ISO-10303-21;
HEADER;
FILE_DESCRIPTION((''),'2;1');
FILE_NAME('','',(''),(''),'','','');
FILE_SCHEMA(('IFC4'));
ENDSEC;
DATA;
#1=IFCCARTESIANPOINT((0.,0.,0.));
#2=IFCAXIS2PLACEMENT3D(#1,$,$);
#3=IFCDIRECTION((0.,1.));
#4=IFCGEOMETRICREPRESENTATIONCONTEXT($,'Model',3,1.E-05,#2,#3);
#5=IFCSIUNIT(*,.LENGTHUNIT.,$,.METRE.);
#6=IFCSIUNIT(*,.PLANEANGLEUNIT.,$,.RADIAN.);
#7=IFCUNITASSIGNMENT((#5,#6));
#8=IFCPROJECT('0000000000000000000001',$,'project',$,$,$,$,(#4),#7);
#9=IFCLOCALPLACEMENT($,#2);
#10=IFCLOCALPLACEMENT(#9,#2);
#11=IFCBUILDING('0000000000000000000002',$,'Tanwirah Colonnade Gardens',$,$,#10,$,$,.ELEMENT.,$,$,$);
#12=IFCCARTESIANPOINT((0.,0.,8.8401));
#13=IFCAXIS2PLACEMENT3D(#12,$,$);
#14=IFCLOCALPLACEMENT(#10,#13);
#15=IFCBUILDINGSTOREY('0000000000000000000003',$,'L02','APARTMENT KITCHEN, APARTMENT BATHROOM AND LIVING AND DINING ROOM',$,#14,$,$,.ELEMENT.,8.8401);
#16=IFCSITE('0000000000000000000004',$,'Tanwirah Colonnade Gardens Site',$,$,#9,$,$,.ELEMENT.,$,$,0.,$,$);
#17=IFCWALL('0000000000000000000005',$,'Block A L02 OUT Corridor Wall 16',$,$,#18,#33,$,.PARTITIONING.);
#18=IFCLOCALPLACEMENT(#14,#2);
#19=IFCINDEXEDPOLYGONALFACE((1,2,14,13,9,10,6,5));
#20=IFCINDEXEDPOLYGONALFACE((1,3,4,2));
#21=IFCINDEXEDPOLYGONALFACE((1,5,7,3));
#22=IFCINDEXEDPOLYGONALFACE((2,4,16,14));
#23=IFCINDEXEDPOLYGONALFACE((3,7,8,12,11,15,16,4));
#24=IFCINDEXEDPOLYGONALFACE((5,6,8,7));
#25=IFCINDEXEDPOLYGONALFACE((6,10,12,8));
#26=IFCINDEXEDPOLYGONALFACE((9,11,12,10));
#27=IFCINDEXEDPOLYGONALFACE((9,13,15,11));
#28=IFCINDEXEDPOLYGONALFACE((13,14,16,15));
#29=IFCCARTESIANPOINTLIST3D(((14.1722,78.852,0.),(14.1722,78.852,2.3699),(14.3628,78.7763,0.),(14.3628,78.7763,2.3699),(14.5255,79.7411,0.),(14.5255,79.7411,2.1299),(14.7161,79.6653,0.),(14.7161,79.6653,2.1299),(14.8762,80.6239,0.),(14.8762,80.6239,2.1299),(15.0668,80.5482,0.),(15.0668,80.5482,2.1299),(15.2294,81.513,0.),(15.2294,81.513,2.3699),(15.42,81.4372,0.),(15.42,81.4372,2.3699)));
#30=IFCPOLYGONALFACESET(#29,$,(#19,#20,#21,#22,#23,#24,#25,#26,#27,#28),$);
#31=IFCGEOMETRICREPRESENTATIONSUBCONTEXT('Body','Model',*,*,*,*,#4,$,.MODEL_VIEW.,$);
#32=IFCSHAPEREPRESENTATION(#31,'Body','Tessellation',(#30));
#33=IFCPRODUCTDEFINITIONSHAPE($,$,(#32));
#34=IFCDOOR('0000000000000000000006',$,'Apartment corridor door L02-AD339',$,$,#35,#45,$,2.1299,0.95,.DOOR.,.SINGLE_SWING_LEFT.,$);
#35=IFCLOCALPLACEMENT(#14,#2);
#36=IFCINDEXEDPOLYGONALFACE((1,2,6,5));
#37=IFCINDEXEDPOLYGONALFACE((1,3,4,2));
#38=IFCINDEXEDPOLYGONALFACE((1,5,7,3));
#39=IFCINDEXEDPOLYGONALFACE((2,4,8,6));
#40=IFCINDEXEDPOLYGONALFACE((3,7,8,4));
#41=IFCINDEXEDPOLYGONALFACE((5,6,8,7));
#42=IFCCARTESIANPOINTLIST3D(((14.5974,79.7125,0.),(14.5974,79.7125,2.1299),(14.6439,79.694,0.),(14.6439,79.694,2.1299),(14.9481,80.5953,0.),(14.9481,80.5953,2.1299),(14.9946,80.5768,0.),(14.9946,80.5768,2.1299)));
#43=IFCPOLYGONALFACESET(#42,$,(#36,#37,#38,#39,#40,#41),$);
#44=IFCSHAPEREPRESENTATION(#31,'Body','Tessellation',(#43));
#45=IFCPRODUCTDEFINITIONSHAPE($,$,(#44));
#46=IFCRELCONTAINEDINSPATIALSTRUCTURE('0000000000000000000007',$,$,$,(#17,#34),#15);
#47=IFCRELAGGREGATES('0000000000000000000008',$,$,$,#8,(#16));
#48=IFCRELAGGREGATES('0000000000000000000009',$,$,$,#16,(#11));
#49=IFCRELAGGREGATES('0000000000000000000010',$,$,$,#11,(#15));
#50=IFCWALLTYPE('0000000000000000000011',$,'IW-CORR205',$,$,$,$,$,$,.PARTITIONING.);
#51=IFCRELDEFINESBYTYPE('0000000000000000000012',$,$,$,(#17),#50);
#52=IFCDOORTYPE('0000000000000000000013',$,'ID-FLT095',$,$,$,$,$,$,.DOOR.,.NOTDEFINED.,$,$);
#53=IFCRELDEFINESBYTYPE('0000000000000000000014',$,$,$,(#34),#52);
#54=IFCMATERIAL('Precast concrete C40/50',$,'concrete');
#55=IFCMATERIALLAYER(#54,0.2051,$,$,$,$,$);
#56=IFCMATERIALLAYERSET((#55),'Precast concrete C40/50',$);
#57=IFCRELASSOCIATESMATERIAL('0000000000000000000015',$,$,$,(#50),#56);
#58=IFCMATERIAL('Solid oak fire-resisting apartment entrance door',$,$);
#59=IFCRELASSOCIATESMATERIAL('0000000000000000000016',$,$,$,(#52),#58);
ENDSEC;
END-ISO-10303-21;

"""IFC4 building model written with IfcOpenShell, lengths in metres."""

from ifc_helpers import new_model, si_unit, direction, frame, frame_2d, origin, place, context, subcontext, project, spatial, rectangle, extrude, material, layer, layer_set, type_object, element, fill, save


model = new_model("IFC4")

# Units and contexts
model_context = context("Model", 3, precision=1e-05, world=origin(), true_north=direction((0.0, 1.0)))
body_context = subcontext(model_context, "Body", "Model", "MODEL_VIEW")
ifc_project = project(units=[si_unit("LENGTHUNIT", "METRE"), si_unit("PLANEANGLEUNIT", "RADIAN")], contexts=[model_context])

# Site, building, storey
site_placement = place(None, origin())
site = spatial("IfcSite", under=ifc_project, at=site_placement, Name="Tanwirah Colonnade Gardens Site", CompositionType="ELEMENT", RefElevation=0.0)
building_placement = place(site_placement, origin())
building = spatial("IfcBuilding", under=site, at=building_placement, Name="Tanwirah Colonnade Gardens", CompositionType="ELEMENT")
storey_placement = place(building_placement, frame((0.0, 0.0, 8.8401)))
storey = spatial("IfcBuildingStorey", under=building, at=storey_placement, Name="L02", Description="APARTMENT KITCHEN, APARTMENT BATHROOM AND LIVING AND DINING ROOM", CompositionType="ELEMENT", Elevation=8.8401)

# Shared definitions
ifc_material_1 = material(Name="Precast concrete C40/50", Category="concrete")

# Wall, opening, door
ifc_layer_1 = layer(ifc_material_1, 0.2051)
ifc_layer_set_1 = layer_set([ifc_layer_1], Name="Precast concrete C40/50")
wall_type_1 = type_object("IfcWallType", Name="IW-CORR205", PredefinedType="PARTITIONING", material=ifc_layer_set_1)
ifc_material_2 = material(Name="Solid oak fire-resisting apartment entrance door")
wall_1_placement = place(storey_placement, frame((15.3247, 81.4751, 0.0), z_axis=(0.0, 0.0, 1.0), x_axis=(-0.369214, -0.929344, 0.0)))
wall_1 = element("IfcWall", 1, at=wall_1_placement, inside=storey, type_object=wall_type_1, Name="Block A L02 OUT Corridor Wall 16", PredefinedType="PARTITIONING", context=body_context, shape_type="SweptSolid", body=[
    extrude(rectangle(XDim=2.8633, YDim=0.2051, at=frame_2d((1.4316, 0.0))), origin(), (0.0, 0.0, 1.0), 2.3699),
])
opening_1_placement = place(wall_1_placement, frame((0.9565, 0.0, 0.0)))
opening_1 = element("IfcOpeningElement", 2, at=opening_1_placement, cuts=wall_1, PredefinedType="OPENING", context=body_context, shape_type="SweptSolid", body=[
    extrude(rectangle(XDim=0.95, YDim=2.1299, at=frame_2d((0.4751, 1.0649))), frame((0.0, 0.1125, 0.0), z_axis=(0.0, -1.0, 0.0), x_axis=(1.0, 0.0, 0.0)), (0.0, 0.0, 1.0), 0.2251),
])
door_type_1 = type_object("IfcDoorType", Name="ID-FLT095", OperationType="NOTDEFINED", PredefinedType="DOOR", material=ifc_material_2)
door_1_placement = place(opening_1_placement, origin())
door_1 = element("IfcDoor", 3, at=door_1_placement, inside=storey, type_object=door_type_1, Name="Apartment corridor door L02-AD339", OperationType="SINGLE_SWING_LEFT", OverallHeight=2.1299, OverallWidth=0.95, PredefinedType="DOOR", context=body_context, shape_type="SweptSolid", body=[
    extrude(rectangle(XDim=0.95, YDim=2.1299, at=frame_2d((0.4751, 1.0649))), frame((0.0, 0.0249, 0.0), z_axis=(0.0, -1.0, 0.0), x_axis=(1.0, 0.0, 0.0)), (0.0, 0.0, 1.0), 0.05),
])
fill(opening_1, door_1)

save(model, "model.ifc")
